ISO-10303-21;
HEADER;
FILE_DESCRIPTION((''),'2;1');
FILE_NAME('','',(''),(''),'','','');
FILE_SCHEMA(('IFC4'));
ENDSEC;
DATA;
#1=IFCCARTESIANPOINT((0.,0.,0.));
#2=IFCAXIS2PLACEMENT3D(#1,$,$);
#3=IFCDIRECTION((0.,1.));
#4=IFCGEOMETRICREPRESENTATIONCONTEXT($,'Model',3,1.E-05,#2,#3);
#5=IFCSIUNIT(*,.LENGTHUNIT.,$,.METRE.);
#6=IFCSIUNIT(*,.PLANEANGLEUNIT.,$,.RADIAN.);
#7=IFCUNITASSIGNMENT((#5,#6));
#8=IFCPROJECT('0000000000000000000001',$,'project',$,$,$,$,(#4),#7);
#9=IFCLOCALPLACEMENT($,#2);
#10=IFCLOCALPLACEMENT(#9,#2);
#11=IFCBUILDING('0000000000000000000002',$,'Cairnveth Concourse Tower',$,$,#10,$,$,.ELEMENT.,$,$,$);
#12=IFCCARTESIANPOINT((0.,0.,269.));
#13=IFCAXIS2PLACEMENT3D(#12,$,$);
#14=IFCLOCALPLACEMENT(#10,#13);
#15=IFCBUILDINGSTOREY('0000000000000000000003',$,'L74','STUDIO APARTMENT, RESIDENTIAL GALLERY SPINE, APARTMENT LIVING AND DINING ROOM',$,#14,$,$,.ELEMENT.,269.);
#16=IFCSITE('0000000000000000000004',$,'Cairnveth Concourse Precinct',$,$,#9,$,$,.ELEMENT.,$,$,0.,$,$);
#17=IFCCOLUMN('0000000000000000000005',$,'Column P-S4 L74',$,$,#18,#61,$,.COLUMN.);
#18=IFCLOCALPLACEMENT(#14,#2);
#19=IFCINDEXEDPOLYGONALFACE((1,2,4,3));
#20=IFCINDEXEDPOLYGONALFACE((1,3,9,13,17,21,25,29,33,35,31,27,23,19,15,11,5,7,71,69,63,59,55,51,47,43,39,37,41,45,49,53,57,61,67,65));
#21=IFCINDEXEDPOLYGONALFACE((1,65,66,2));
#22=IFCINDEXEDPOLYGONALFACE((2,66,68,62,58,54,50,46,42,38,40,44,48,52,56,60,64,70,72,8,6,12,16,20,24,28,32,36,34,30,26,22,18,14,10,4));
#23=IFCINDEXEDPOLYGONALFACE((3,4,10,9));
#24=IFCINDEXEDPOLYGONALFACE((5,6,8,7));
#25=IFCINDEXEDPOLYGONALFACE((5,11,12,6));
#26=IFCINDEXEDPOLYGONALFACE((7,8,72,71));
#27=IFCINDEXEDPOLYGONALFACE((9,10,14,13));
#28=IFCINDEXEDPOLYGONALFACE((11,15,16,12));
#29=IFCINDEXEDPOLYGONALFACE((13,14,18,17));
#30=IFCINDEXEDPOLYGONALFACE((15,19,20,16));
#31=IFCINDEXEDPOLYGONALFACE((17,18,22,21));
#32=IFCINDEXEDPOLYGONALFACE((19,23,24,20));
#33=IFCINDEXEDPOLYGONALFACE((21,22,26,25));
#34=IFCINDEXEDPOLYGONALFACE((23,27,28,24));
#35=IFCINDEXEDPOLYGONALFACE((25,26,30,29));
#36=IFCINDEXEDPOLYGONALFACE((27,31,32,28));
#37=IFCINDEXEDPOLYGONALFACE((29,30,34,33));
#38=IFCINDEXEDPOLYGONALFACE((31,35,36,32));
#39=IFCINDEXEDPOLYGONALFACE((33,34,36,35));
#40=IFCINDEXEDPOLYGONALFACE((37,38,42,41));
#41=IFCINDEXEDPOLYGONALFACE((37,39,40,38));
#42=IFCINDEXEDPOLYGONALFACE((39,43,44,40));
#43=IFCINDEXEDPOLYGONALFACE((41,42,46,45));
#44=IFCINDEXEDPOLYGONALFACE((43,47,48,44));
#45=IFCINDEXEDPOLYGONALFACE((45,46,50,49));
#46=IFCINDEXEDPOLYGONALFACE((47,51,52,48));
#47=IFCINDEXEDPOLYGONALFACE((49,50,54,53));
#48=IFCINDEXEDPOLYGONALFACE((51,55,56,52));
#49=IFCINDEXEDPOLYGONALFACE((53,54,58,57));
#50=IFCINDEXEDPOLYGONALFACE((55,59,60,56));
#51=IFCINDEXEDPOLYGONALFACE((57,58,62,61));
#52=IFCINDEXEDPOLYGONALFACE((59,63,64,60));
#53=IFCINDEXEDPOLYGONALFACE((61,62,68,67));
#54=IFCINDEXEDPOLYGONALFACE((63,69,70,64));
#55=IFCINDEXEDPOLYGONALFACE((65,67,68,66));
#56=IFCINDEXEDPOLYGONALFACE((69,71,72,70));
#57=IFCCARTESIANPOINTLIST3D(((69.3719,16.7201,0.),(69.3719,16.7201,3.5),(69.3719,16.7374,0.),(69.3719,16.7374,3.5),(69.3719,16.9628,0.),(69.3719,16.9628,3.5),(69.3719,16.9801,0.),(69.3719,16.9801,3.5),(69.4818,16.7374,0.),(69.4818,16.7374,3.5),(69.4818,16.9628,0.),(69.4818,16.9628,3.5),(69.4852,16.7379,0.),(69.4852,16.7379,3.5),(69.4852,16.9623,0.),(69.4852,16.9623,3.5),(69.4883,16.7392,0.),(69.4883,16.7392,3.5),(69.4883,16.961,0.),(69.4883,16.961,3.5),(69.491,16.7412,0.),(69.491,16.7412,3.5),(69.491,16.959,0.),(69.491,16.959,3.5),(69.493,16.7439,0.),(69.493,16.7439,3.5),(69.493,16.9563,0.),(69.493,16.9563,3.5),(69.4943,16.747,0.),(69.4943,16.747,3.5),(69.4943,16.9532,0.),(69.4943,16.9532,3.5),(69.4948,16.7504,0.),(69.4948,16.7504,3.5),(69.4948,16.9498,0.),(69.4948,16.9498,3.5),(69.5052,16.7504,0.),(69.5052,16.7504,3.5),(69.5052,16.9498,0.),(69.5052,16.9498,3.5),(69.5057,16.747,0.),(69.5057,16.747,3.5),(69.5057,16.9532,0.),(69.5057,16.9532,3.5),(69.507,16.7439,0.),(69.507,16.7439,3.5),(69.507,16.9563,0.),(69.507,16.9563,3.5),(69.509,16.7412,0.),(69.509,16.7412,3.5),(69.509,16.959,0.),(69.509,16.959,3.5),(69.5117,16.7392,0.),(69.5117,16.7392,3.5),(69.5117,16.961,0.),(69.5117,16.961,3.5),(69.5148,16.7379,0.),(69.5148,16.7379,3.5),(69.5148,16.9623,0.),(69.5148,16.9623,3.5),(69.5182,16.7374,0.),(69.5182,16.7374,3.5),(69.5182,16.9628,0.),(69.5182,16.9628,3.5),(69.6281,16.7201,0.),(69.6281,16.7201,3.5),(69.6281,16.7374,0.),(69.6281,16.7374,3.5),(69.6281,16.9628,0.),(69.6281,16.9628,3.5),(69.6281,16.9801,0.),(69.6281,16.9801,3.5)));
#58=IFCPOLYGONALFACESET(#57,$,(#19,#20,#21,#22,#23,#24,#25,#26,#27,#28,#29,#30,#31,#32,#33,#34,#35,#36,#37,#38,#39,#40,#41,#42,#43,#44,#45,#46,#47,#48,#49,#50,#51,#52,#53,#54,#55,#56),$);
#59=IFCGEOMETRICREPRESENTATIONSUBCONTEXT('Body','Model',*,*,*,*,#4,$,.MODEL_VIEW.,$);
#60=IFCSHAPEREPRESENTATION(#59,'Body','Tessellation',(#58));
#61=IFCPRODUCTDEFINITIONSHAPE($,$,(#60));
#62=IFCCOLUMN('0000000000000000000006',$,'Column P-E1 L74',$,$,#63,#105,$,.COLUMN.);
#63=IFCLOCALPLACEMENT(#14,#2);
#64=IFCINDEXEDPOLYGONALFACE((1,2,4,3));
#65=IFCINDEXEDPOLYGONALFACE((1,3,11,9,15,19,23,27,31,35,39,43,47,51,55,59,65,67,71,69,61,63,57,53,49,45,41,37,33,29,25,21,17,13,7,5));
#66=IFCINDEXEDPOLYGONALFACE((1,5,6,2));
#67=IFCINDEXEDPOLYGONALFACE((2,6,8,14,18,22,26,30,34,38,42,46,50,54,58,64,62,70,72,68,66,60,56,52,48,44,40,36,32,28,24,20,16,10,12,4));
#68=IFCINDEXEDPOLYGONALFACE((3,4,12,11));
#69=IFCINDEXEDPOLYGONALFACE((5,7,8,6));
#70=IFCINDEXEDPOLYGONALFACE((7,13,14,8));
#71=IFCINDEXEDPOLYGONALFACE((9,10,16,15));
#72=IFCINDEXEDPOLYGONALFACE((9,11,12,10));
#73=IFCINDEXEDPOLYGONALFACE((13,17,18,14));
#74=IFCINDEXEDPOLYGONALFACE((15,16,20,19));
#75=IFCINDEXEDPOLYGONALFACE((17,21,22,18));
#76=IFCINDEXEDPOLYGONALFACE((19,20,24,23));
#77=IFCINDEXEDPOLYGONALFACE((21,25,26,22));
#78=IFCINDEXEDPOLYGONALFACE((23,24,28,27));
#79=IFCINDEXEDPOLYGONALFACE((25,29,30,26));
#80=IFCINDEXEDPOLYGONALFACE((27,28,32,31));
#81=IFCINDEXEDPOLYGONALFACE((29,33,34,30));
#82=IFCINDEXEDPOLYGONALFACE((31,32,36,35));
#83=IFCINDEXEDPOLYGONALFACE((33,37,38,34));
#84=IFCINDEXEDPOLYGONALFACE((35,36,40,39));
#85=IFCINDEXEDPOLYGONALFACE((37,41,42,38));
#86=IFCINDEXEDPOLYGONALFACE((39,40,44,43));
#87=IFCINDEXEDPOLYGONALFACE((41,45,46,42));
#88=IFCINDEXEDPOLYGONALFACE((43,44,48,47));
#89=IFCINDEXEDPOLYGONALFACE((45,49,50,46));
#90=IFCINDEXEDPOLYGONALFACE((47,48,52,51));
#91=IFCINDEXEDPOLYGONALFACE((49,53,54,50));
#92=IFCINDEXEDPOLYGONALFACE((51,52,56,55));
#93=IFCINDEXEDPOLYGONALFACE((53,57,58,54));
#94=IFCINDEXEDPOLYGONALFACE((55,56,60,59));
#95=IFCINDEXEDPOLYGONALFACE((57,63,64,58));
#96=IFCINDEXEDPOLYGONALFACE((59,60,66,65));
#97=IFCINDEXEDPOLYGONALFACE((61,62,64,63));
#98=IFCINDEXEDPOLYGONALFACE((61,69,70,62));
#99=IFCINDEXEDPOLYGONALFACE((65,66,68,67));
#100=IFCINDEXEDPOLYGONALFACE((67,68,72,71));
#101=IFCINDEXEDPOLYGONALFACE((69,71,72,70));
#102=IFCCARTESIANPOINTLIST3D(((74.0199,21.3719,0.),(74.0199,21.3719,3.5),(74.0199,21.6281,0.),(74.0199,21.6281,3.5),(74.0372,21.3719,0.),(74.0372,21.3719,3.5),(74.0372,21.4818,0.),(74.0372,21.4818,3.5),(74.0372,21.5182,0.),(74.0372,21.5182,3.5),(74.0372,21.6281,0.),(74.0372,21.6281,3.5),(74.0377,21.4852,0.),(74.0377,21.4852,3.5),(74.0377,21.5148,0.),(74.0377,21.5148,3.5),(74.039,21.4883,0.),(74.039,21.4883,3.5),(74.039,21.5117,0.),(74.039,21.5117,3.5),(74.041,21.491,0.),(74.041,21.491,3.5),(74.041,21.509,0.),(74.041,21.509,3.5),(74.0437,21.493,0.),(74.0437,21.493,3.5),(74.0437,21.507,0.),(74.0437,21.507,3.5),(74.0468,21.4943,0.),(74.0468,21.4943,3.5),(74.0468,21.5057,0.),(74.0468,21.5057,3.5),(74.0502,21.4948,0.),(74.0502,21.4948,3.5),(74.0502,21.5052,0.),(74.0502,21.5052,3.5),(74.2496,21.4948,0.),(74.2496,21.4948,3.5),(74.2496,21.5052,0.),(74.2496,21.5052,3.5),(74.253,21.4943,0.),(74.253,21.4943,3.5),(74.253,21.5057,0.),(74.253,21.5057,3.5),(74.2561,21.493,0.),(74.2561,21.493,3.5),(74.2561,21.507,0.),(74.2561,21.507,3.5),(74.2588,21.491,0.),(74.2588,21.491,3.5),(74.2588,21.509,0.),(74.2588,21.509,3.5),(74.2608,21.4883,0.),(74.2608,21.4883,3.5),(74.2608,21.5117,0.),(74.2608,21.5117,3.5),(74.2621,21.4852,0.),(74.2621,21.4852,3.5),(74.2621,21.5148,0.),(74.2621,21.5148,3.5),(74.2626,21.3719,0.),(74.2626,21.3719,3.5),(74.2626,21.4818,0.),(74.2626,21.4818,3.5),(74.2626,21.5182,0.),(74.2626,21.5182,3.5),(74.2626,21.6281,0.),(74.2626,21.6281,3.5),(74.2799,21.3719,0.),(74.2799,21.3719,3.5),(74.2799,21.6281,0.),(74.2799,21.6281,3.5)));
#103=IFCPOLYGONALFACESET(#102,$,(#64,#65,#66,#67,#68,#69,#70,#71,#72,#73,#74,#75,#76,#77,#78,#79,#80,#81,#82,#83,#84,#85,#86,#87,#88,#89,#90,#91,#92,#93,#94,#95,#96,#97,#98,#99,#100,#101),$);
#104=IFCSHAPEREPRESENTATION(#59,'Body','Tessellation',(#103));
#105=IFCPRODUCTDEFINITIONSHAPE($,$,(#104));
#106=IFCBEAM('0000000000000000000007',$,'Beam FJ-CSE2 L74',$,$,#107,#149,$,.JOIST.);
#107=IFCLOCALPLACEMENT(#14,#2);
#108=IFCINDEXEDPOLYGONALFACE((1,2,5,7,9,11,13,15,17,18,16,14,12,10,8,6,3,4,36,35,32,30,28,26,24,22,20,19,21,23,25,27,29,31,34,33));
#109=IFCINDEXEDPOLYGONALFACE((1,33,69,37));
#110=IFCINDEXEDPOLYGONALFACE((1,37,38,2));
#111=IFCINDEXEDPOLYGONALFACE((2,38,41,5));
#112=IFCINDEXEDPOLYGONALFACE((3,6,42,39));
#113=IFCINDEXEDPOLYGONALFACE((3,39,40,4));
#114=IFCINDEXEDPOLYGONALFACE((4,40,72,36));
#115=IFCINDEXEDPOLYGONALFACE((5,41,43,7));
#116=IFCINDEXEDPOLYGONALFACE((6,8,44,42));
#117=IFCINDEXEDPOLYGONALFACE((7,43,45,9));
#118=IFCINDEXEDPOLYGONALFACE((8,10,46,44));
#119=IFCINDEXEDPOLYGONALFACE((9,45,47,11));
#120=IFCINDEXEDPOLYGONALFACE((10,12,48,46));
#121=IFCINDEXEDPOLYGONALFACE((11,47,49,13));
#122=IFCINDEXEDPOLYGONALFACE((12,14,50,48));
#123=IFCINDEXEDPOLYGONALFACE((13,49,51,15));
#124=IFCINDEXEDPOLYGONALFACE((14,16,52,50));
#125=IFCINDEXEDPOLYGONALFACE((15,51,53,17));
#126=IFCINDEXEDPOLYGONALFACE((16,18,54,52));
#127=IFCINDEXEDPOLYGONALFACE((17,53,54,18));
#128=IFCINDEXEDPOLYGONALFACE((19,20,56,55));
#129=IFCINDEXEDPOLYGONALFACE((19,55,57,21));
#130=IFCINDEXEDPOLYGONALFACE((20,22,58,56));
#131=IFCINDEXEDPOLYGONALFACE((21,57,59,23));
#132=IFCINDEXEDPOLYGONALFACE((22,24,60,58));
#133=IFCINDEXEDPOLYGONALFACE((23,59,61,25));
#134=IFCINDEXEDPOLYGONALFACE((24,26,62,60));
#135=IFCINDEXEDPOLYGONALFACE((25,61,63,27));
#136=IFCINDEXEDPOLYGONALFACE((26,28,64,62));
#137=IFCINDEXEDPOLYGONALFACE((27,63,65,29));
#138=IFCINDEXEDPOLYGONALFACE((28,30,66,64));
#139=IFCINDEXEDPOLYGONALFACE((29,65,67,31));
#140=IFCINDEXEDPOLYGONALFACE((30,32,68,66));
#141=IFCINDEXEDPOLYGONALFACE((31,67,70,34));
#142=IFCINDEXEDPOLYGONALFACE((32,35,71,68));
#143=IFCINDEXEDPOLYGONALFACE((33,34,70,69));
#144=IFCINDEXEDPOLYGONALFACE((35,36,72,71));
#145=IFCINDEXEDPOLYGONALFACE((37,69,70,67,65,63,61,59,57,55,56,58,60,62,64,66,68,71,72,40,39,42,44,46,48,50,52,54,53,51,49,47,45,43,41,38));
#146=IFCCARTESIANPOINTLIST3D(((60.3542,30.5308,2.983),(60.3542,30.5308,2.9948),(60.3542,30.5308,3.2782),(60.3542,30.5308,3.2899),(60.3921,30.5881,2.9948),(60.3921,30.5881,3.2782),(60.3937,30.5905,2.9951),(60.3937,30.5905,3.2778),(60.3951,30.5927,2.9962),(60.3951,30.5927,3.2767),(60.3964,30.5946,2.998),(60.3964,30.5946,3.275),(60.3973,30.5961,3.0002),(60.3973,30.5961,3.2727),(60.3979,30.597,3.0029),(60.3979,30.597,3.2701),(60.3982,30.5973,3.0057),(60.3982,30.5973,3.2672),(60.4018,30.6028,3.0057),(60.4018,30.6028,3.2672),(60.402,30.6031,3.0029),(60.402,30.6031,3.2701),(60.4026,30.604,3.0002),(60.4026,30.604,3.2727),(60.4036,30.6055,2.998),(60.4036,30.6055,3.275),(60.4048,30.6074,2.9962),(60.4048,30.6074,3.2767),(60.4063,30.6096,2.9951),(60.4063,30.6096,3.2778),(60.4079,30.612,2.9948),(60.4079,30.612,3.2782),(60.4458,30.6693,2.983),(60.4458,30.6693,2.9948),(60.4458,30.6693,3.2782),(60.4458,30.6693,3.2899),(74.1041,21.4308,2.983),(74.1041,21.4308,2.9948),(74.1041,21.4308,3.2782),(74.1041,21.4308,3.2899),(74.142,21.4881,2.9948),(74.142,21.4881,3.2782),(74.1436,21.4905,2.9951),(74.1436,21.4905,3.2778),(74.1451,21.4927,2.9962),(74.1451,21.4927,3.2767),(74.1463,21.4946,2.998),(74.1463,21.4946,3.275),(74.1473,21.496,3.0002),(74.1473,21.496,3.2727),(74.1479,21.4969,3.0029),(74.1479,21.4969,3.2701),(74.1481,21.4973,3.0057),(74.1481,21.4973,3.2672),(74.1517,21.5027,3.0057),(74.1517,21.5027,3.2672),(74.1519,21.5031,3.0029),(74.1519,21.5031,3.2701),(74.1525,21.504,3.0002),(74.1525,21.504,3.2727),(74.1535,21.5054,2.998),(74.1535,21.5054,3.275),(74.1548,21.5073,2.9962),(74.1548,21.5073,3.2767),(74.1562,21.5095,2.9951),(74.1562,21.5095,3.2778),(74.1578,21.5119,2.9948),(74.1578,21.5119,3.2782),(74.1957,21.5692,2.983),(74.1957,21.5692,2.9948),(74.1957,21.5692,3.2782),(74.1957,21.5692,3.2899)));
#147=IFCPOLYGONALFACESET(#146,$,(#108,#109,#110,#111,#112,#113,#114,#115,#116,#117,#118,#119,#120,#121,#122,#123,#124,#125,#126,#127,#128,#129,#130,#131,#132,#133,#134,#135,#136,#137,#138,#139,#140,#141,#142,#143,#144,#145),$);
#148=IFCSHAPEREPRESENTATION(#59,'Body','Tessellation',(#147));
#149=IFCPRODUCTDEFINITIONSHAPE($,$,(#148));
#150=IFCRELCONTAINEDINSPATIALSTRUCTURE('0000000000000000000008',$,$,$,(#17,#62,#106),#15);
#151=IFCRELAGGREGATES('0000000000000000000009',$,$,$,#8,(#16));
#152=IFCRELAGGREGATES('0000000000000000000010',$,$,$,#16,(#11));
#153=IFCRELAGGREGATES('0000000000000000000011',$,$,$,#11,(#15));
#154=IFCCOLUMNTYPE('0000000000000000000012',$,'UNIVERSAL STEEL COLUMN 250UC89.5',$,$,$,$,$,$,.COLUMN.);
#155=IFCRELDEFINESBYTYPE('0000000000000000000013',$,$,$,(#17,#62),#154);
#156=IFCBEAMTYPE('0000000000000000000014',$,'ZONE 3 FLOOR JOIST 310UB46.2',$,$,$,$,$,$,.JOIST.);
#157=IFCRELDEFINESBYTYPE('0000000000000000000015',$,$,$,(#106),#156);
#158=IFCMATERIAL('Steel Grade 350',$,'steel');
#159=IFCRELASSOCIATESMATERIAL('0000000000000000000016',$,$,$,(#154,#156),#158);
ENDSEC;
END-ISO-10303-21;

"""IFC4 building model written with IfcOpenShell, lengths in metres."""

from ifc_helpers import new_model, si_unit, direction, frame, origin, origin_2d, place, context, subcontext, project, spatial, i_section, extrude, material, material_profile, profile_set, type_object, element, save


model = new_model("IFC4")

# Units and contexts
model_context = context("Model", 3, precision=1e-05, world=origin(), true_north=direction((0.0, 1.0)))
body_context = subcontext(model_context, "Body", "Model", "MODEL_VIEW")
ifc_project = project(units=[si_unit("LENGTHUNIT", "METRE"), si_unit("PLANEANGLEUNIT", "RADIAN")], contexts=[model_context])

# Site, building, storey
site_placement = place(None, origin())
site = spatial("IfcSite", under=ifc_project, at=site_placement, Name="Cairnveth Concourse Precinct", CompositionType="ELEMENT", RefElevation=0.0)
building_placement = place(site_placement, origin())
building = spatial("IfcBuilding", under=site, at=building_placement, Name="Cairnveth Concourse Tower", CompositionType="ELEMENT")
storey_placement = place(building_placement, frame((0.0, 0.0, 269.0)))
storey = spatial("IfcBuildingStorey", under=building, at=storey_placement, Name="L74", Description="STUDIO APARTMENT, RESIDENTIAL GALLERY SPINE, APARTMENT LIVING AND DINING ROOM", CompositionType="ELEMENT", Elevation=269.0)

# Columns
ifc_material_1 = material(Name="Steel Grade 350", Category="steel")
ifc_material_profile_1 = material_profile(ifc_material_1, i_section(OverallWidth=0.2561, OverallDepth=0.26, WebThickness=0.0105, FlangeThickness=0.0173, FilletRadius=0.0129, at=origin_2d()), Name="250UC89.5")
ifc_profile_set_1 = profile_set([ifc_material_profile_1], Name="Steel Grade 350")
column_type = type_object("IfcColumnType", Name="UNIVERSAL STEEL COLUMN 250UC89.5", PredefinedType="COLUMN", material=ifc_profile_set_1)
for number, where, z_axis, x_axis, name in (
    (1, (69.5, 16.8501, 0.0), (0.0, 0.0, 1.0), (1.0, 0.0, 0.0), "Column P-S4 L74"),
    (2, (74.1499, 21.5, 0.0), (0.0, 0.0, 1.0), (0.0, 1.0, 0.0), "Column P-E1 L74"),
):
    element("IfcColumn", number, at=place(storey_placement, frame(where, z_axis=z_axis, x_axis=x_axis)), inside=storey, type_object=column_type, Name=name, PredefinedType="COLUMN", context=body_context, shape_type="SweptSolid", body=[
        extrude(i_section(OverallWidth=0.2561, OverallDepth=0.26, WebThickness=0.0105, FlangeThickness=0.0173, FilletRadius=0.0129, at=origin_2d()), origin(), (0.0, 0.0, 1.0), 3.5),
    ])

# Beam
ifc_material_profile_2 = material_profile(ifc_material_1, i_section(OverallWidth=0.166, OverallDepth=0.3069, WebThickness=0.0066, FlangeThickness=0.0117, FilletRadius=0.011, at=origin_2d()), Name="310UB46.2")
ifc_profile_set_2 = profile_set([ifc_material_profile_2], Name="Steel Grade 350")
beam_type_1 = type_object("IfcBeamType", Name="ZONE 3 FLOOR JOIST 310UB46.2", PredefinedType="JOIST", material=ifc_profile_set_2)
beam_1_placement = place(storey_placement, frame((74.1499, 21.5, 3.1365), z_axis=(-0.833909, 0.551902, 0.0), x_axis=(-0.551902, -0.833909, 0.0)))
element("IfcBeam", 3, at=beam_1_placement, inside=storey, type_object=beam_type_1, Name="Beam FJ-CSE2 L74", PredefinedType="JOIST", context=body_context, shape_type="SweptSolid", body=[
    extrude(i_section(OverallWidth=0.166, OverallDepth=0.3069, WebThickness=0.0066, FlangeThickness=0.0117, FilletRadius=0.011, at=origin_2d()), origin(), (0.0, 0.0, 1.0), 16.4885),
])

save(model, "model.ifc")
